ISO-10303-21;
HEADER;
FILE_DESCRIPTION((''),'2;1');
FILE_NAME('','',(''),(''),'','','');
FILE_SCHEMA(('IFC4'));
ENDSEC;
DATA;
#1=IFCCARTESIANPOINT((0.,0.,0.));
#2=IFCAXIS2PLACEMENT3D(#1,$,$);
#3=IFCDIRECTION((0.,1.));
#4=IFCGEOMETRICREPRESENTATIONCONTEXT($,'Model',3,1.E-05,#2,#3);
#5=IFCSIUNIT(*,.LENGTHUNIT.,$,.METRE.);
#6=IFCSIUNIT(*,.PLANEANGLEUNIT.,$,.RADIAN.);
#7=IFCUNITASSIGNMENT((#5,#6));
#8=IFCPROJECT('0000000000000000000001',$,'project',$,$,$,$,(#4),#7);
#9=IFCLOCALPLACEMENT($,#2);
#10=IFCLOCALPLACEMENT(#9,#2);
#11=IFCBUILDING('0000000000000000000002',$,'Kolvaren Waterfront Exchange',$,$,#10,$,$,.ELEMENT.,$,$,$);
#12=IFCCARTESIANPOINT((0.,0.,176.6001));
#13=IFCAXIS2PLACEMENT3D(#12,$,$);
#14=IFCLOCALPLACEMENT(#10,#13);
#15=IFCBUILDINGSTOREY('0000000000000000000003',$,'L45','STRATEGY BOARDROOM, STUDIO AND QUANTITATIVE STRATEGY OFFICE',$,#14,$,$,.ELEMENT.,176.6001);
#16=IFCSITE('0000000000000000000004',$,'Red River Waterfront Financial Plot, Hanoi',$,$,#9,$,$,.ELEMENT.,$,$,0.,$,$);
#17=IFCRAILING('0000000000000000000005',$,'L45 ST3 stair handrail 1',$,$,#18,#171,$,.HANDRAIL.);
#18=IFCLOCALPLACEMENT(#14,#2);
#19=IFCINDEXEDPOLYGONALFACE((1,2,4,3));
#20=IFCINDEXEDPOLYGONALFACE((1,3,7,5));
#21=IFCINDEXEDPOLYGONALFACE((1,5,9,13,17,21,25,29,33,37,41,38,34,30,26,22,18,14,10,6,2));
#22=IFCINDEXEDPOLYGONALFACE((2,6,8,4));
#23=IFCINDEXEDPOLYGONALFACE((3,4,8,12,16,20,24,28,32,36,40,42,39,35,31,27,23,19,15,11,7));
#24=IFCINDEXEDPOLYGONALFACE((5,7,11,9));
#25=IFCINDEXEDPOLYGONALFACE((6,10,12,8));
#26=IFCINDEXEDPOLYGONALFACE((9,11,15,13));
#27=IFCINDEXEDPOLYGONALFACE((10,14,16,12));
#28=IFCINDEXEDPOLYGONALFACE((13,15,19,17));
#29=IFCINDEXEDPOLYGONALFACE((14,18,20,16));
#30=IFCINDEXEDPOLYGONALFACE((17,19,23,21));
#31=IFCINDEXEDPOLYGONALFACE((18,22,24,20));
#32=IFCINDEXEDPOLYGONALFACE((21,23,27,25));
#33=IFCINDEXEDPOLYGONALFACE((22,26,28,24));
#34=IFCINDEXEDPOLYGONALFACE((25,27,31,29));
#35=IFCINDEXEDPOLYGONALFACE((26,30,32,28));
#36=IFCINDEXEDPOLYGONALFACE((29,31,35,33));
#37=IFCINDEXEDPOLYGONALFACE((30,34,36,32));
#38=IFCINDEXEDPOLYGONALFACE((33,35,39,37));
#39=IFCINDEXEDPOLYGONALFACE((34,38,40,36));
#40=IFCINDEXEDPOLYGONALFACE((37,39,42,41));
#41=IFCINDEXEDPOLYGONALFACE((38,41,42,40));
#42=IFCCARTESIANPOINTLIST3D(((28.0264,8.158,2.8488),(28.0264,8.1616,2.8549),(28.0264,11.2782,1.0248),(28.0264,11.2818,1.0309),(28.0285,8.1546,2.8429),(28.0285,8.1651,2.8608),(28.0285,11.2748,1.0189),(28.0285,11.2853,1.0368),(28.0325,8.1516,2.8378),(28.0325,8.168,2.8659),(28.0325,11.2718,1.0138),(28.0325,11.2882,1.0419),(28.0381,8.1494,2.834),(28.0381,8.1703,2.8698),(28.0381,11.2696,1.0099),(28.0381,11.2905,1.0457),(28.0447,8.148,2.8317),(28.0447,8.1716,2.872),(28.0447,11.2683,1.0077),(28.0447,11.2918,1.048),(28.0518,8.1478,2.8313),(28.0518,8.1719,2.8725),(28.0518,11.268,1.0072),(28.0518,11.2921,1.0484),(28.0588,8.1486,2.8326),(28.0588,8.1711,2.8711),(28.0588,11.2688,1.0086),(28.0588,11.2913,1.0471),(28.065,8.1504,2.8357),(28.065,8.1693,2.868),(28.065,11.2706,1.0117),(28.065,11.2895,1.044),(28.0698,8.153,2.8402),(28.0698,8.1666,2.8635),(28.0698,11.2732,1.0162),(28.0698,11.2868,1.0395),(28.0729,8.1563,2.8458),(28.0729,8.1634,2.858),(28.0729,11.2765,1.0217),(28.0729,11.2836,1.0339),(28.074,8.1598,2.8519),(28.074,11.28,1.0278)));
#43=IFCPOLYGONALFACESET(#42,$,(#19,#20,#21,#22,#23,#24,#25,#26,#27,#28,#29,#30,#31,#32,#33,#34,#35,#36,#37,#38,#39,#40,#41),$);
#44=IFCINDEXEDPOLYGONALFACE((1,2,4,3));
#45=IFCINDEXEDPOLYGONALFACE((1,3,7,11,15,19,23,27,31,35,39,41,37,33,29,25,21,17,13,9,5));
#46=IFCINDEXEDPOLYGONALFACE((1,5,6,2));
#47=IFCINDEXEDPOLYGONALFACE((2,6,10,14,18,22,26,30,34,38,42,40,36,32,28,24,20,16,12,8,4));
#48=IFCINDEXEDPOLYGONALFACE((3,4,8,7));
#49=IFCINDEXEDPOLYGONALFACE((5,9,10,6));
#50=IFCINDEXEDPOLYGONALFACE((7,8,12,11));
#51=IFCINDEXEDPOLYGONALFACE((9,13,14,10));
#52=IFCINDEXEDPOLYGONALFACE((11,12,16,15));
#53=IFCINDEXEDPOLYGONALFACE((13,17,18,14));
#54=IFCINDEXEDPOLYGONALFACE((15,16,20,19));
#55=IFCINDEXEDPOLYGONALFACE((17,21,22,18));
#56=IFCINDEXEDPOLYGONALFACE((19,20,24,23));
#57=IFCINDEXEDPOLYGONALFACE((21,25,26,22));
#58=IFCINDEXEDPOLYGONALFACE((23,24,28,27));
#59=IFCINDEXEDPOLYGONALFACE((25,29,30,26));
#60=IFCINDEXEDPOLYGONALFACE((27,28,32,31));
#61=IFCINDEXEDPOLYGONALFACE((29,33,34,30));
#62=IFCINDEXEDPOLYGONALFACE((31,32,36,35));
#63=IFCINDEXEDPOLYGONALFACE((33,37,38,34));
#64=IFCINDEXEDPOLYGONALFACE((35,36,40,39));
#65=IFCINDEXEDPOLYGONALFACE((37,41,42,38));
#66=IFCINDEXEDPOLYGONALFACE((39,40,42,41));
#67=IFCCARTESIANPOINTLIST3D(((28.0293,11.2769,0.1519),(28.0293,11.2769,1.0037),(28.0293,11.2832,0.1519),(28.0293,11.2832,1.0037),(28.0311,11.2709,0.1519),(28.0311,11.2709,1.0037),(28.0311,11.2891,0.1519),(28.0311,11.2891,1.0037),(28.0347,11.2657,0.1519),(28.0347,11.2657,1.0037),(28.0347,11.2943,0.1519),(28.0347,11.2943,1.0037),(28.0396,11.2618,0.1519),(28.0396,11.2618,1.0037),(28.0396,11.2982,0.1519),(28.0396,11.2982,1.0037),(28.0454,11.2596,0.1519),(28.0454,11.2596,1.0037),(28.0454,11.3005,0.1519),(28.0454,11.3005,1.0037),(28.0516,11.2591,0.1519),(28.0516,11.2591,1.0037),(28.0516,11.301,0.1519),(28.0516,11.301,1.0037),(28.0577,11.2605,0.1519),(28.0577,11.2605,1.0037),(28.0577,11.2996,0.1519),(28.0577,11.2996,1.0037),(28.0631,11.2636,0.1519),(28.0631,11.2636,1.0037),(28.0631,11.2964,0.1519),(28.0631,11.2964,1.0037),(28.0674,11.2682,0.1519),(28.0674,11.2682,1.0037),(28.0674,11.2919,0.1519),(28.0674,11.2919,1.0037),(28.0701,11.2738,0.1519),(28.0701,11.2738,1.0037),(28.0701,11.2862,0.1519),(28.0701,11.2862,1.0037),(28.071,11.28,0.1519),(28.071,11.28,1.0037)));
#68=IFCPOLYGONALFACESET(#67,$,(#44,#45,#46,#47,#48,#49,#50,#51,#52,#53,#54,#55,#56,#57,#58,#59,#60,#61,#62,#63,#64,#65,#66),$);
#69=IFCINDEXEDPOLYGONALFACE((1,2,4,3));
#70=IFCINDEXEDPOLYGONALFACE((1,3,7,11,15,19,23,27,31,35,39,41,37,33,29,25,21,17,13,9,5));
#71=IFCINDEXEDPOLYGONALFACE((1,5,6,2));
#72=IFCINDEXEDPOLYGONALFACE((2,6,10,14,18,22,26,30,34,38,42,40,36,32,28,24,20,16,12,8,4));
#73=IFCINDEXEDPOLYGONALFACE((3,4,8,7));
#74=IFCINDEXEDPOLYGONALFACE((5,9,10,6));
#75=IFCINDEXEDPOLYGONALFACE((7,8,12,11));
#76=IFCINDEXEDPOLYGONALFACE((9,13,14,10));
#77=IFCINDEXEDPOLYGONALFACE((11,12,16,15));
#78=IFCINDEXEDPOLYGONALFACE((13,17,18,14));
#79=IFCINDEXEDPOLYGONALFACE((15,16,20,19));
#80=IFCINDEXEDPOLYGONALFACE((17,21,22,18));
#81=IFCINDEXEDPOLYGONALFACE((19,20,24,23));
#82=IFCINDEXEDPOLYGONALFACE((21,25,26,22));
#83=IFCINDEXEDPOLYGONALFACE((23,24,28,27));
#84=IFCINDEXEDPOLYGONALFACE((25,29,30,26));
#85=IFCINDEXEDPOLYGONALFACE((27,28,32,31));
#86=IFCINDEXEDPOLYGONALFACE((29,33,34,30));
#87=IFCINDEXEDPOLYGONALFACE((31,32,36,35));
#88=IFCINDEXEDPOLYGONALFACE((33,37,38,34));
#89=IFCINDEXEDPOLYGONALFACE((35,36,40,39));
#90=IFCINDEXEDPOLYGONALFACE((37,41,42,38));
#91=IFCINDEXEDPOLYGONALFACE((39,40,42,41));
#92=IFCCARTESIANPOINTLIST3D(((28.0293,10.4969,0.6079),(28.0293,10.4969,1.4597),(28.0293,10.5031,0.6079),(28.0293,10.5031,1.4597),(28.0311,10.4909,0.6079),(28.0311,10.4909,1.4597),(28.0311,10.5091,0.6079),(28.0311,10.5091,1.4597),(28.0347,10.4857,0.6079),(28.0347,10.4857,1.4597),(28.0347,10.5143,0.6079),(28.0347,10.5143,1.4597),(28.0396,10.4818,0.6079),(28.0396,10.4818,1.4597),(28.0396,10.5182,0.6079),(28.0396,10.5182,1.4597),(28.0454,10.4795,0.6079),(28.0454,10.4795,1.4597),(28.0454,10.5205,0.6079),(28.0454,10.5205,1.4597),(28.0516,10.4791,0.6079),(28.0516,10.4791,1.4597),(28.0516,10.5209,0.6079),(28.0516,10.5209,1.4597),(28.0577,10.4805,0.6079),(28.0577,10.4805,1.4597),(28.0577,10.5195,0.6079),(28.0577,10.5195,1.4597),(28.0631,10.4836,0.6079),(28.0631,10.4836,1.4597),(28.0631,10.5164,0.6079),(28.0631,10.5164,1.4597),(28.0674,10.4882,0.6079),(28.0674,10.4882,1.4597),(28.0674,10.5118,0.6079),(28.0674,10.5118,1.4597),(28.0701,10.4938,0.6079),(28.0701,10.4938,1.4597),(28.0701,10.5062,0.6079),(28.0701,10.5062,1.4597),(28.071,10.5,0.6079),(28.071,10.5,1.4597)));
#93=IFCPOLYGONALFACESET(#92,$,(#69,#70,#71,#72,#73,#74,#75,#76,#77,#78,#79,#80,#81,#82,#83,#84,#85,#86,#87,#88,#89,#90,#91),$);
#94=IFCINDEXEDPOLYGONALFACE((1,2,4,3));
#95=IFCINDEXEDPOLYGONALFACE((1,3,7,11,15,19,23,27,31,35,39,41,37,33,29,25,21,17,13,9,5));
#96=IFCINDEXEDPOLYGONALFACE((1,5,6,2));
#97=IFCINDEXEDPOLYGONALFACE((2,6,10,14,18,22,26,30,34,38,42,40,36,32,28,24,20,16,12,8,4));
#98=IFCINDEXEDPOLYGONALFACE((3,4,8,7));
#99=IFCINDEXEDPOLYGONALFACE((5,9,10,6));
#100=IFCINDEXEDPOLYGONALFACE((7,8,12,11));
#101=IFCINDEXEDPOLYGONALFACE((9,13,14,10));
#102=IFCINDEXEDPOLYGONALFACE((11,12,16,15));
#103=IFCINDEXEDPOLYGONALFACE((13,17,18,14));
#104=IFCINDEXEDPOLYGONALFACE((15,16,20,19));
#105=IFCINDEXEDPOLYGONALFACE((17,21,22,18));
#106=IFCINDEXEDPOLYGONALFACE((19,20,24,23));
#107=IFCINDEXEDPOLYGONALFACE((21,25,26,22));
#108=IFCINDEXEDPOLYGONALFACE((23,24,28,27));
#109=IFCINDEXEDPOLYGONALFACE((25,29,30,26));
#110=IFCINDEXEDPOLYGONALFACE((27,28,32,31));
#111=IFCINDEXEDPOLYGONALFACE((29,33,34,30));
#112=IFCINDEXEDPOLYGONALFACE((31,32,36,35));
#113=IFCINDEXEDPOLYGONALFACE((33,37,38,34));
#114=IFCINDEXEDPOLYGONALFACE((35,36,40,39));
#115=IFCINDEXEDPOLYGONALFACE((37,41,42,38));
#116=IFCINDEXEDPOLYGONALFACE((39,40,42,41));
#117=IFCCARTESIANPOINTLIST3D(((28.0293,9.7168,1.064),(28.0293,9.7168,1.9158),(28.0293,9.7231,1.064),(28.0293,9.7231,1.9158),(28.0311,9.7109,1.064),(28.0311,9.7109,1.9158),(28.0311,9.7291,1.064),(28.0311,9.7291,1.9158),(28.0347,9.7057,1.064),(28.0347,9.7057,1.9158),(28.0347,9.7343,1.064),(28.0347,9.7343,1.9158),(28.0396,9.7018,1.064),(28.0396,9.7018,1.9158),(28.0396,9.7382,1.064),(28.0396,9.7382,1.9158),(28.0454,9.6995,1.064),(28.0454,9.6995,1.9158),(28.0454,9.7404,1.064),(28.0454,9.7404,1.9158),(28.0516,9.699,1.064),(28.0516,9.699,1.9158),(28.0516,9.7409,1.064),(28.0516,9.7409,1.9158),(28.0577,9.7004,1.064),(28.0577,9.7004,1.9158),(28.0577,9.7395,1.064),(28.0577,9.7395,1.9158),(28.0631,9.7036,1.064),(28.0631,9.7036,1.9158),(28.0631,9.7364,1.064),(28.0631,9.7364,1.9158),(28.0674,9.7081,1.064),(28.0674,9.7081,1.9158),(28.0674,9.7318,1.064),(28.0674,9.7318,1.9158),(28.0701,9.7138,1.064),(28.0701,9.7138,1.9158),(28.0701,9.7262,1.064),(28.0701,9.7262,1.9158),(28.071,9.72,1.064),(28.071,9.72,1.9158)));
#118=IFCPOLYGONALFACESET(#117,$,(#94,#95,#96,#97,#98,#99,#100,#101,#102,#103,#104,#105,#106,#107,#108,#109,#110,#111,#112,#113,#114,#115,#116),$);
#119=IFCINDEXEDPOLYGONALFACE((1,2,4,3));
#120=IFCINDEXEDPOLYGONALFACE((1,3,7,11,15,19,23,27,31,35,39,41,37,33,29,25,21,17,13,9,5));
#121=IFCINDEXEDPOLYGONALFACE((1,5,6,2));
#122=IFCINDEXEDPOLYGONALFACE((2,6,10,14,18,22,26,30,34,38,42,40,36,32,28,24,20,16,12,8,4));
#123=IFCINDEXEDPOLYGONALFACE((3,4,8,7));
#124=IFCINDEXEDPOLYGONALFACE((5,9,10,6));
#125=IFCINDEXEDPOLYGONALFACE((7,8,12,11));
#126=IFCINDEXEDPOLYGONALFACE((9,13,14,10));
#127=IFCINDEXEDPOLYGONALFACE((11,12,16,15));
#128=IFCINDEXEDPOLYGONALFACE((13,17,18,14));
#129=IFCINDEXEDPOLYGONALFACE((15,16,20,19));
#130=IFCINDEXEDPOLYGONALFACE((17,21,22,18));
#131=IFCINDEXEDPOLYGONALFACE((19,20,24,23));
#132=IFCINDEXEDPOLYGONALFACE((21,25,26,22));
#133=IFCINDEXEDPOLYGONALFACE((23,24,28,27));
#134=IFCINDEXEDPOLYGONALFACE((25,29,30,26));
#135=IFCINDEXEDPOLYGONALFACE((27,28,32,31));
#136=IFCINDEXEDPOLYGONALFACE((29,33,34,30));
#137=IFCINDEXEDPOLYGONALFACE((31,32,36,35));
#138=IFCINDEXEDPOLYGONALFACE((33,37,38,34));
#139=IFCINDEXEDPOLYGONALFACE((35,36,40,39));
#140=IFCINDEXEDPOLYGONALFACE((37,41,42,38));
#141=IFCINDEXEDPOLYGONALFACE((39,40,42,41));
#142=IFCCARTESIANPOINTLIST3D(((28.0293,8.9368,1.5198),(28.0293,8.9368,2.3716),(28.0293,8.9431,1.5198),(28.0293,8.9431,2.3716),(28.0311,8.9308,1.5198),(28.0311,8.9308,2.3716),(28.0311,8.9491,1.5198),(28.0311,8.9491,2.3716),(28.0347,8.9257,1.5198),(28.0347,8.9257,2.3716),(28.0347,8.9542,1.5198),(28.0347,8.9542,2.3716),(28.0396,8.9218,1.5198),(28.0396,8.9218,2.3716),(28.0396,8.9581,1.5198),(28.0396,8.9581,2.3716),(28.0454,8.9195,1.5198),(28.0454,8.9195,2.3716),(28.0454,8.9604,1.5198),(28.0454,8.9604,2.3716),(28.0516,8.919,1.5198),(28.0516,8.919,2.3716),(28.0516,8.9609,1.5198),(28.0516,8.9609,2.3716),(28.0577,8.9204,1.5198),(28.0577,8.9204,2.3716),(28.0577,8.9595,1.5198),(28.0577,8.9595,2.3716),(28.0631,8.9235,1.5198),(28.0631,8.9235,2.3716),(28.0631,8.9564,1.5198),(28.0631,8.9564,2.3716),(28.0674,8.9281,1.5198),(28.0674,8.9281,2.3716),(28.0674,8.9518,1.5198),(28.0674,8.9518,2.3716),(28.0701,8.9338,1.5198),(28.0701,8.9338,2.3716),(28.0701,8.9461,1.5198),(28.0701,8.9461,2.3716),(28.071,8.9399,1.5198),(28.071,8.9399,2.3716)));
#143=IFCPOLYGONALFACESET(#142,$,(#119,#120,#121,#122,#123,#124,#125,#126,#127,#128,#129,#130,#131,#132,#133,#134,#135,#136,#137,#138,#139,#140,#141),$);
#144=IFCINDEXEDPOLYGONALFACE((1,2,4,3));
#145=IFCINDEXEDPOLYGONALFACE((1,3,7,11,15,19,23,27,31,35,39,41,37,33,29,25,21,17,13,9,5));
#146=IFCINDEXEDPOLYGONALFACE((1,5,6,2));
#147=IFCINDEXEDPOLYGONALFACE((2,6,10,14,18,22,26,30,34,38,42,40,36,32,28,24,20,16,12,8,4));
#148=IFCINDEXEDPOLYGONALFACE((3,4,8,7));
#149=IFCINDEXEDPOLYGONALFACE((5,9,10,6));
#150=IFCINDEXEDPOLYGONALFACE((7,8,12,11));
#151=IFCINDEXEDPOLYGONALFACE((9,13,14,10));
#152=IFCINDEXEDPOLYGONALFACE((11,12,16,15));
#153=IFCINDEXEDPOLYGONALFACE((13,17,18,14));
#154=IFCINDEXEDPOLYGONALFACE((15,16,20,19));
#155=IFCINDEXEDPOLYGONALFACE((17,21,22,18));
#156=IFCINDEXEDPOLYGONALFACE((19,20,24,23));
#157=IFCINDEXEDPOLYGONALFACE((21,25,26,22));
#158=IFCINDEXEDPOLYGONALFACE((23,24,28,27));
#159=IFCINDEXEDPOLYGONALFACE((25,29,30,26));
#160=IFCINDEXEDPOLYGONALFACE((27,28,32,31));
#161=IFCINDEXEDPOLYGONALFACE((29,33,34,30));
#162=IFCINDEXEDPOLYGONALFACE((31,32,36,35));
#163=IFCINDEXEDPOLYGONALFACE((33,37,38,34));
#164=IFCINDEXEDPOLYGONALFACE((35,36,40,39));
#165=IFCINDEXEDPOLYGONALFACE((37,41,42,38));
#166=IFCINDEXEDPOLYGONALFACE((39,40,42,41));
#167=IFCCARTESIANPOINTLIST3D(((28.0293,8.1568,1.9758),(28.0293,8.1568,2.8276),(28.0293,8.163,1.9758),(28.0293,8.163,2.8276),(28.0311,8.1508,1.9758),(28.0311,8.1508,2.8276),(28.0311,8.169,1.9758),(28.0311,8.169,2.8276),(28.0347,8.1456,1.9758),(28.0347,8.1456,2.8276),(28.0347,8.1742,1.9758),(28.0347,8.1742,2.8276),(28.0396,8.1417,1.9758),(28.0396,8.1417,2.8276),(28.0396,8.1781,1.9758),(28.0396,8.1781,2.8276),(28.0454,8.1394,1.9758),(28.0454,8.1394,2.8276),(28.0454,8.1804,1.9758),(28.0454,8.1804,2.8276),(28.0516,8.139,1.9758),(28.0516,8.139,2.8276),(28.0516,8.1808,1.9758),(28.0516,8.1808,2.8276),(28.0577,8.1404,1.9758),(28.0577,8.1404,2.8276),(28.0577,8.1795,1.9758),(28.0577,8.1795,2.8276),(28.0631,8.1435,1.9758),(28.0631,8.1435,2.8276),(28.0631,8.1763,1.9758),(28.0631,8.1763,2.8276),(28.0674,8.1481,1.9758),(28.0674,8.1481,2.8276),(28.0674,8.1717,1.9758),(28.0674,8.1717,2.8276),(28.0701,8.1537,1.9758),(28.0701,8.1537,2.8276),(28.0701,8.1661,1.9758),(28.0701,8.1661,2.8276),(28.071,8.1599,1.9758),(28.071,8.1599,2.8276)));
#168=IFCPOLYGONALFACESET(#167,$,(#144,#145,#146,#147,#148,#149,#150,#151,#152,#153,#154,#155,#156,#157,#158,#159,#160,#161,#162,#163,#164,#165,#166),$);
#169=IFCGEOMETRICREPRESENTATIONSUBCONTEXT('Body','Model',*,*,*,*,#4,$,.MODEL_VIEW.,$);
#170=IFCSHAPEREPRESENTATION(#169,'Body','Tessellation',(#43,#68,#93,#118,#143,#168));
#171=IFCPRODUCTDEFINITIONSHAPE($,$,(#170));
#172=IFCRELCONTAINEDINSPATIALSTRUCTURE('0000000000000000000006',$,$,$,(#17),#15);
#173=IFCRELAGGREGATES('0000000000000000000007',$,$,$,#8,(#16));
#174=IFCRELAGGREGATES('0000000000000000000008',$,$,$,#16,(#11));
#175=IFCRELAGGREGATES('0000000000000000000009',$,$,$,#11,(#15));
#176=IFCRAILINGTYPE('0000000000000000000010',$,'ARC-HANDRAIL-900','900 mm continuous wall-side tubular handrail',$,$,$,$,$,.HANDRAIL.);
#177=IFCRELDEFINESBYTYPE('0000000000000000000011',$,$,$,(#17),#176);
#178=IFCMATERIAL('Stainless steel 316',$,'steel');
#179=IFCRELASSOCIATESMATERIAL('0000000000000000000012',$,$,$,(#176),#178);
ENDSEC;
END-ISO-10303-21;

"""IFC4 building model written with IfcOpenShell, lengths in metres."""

from ifc_helpers import new_model, si_unit, direction, frame, origin, origin_2d, place, context, subcontext, project, spatial, circle, extrude, material, type_object, element, save


model = new_model("IFC4")

# Units and contexts
model_context = context("Model", 3, precision=1e-05, world=origin(), true_north=direction((0.0, 1.0)))
body_context = subcontext(model_context, "Body", "Model", "MODEL_VIEW")
ifc_project = project(units=[si_unit("LENGTHUNIT", "METRE"), si_unit("PLANEANGLEUNIT", "RADIAN")], contexts=[model_context])

# Site, building, storey
site_placement = place(None, origin())
site = spatial("IfcSite", under=ifc_project, at=site_placement, Name="Red River Waterfront Financial Plot, Hanoi", CompositionType="ELEMENT", RefElevation=0.0)
building_placement = place(site_placement, origin())
building = spatial("IfcBuilding", under=site, at=building_placement, Name="Kolvaren Waterfront Exchange", CompositionType="ELEMENT")
storey_placement = place(building_placement, frame((0.0, 0.0, 176.6001)))
storey = spatial("IfcBuildingStorey", under=building, at=storey_placement, Name="L45", Description="STRATEGY BOARDROOM, STUDIO AND QUANTITATIVE STRATEGY OFFICE", CompositionType="ELEMENT", Elevation=176.6001)

# Railing
ifc_material_1 = material(Name="Stainless steel 316", Category="steel")
railing_type_1 = type_object("IfcRailingType", Name="ARC-HANDRAIL-900", Description="900 mm continuous wall-side tubular handrail", PredefinedType="HANDRAIL", material=ifc_material_1)
railing_1_placement = place(storey_placement, frame((28.05, 11.28, 0.1519)))
element("IfcRailing", 1, at=railing_1_placement, inside=storey, type_object=railing_type_1, Name="L45 ST3 stair handrail 1", PredefinedType="HANDRAIL", context=body_context, shape_type="SweptSolid", body=[
    extrude(circle(Radius=0.0239, at=origin_2d()), frame((0.0, 0.0, 0.876), z_axis=(0.0, -0.863308, 0.504677), x_axis=(1.0, 0.0, 0.0)), (0.0, 0.0, 1.0), 3.6143),
    extrude(circle(Radius=0.021, at=origin_2d()), origin(), (0.0, 0.0, 1.0), 0.8518),
    extrude(circle(Radius=0.021, at=origin_2d()), frame((0.0, -0.78, 0.4561)), (0.0, 0.0, 1.0), 0.8518),
    extrude(circle(Radius=0.021, at=origin_2d()), frame((0.0, -1.5601, 0.9121)), (0.0, 0.0, 1.0), 0.8518),
    extrude(circle(Radius=0.021, at=origin_2d()), frame((0.0, -2.3401, 1.3679)), (0.0, 0.0, 1.0), 0.8518),
    extrude(circle(Radius=0.021, at=origin_2d()), frame((0.0, -3.1201, 1.824)), (0.0, 0.0, 1.0), 0.8518),
])

save(model, "model.ifc")
